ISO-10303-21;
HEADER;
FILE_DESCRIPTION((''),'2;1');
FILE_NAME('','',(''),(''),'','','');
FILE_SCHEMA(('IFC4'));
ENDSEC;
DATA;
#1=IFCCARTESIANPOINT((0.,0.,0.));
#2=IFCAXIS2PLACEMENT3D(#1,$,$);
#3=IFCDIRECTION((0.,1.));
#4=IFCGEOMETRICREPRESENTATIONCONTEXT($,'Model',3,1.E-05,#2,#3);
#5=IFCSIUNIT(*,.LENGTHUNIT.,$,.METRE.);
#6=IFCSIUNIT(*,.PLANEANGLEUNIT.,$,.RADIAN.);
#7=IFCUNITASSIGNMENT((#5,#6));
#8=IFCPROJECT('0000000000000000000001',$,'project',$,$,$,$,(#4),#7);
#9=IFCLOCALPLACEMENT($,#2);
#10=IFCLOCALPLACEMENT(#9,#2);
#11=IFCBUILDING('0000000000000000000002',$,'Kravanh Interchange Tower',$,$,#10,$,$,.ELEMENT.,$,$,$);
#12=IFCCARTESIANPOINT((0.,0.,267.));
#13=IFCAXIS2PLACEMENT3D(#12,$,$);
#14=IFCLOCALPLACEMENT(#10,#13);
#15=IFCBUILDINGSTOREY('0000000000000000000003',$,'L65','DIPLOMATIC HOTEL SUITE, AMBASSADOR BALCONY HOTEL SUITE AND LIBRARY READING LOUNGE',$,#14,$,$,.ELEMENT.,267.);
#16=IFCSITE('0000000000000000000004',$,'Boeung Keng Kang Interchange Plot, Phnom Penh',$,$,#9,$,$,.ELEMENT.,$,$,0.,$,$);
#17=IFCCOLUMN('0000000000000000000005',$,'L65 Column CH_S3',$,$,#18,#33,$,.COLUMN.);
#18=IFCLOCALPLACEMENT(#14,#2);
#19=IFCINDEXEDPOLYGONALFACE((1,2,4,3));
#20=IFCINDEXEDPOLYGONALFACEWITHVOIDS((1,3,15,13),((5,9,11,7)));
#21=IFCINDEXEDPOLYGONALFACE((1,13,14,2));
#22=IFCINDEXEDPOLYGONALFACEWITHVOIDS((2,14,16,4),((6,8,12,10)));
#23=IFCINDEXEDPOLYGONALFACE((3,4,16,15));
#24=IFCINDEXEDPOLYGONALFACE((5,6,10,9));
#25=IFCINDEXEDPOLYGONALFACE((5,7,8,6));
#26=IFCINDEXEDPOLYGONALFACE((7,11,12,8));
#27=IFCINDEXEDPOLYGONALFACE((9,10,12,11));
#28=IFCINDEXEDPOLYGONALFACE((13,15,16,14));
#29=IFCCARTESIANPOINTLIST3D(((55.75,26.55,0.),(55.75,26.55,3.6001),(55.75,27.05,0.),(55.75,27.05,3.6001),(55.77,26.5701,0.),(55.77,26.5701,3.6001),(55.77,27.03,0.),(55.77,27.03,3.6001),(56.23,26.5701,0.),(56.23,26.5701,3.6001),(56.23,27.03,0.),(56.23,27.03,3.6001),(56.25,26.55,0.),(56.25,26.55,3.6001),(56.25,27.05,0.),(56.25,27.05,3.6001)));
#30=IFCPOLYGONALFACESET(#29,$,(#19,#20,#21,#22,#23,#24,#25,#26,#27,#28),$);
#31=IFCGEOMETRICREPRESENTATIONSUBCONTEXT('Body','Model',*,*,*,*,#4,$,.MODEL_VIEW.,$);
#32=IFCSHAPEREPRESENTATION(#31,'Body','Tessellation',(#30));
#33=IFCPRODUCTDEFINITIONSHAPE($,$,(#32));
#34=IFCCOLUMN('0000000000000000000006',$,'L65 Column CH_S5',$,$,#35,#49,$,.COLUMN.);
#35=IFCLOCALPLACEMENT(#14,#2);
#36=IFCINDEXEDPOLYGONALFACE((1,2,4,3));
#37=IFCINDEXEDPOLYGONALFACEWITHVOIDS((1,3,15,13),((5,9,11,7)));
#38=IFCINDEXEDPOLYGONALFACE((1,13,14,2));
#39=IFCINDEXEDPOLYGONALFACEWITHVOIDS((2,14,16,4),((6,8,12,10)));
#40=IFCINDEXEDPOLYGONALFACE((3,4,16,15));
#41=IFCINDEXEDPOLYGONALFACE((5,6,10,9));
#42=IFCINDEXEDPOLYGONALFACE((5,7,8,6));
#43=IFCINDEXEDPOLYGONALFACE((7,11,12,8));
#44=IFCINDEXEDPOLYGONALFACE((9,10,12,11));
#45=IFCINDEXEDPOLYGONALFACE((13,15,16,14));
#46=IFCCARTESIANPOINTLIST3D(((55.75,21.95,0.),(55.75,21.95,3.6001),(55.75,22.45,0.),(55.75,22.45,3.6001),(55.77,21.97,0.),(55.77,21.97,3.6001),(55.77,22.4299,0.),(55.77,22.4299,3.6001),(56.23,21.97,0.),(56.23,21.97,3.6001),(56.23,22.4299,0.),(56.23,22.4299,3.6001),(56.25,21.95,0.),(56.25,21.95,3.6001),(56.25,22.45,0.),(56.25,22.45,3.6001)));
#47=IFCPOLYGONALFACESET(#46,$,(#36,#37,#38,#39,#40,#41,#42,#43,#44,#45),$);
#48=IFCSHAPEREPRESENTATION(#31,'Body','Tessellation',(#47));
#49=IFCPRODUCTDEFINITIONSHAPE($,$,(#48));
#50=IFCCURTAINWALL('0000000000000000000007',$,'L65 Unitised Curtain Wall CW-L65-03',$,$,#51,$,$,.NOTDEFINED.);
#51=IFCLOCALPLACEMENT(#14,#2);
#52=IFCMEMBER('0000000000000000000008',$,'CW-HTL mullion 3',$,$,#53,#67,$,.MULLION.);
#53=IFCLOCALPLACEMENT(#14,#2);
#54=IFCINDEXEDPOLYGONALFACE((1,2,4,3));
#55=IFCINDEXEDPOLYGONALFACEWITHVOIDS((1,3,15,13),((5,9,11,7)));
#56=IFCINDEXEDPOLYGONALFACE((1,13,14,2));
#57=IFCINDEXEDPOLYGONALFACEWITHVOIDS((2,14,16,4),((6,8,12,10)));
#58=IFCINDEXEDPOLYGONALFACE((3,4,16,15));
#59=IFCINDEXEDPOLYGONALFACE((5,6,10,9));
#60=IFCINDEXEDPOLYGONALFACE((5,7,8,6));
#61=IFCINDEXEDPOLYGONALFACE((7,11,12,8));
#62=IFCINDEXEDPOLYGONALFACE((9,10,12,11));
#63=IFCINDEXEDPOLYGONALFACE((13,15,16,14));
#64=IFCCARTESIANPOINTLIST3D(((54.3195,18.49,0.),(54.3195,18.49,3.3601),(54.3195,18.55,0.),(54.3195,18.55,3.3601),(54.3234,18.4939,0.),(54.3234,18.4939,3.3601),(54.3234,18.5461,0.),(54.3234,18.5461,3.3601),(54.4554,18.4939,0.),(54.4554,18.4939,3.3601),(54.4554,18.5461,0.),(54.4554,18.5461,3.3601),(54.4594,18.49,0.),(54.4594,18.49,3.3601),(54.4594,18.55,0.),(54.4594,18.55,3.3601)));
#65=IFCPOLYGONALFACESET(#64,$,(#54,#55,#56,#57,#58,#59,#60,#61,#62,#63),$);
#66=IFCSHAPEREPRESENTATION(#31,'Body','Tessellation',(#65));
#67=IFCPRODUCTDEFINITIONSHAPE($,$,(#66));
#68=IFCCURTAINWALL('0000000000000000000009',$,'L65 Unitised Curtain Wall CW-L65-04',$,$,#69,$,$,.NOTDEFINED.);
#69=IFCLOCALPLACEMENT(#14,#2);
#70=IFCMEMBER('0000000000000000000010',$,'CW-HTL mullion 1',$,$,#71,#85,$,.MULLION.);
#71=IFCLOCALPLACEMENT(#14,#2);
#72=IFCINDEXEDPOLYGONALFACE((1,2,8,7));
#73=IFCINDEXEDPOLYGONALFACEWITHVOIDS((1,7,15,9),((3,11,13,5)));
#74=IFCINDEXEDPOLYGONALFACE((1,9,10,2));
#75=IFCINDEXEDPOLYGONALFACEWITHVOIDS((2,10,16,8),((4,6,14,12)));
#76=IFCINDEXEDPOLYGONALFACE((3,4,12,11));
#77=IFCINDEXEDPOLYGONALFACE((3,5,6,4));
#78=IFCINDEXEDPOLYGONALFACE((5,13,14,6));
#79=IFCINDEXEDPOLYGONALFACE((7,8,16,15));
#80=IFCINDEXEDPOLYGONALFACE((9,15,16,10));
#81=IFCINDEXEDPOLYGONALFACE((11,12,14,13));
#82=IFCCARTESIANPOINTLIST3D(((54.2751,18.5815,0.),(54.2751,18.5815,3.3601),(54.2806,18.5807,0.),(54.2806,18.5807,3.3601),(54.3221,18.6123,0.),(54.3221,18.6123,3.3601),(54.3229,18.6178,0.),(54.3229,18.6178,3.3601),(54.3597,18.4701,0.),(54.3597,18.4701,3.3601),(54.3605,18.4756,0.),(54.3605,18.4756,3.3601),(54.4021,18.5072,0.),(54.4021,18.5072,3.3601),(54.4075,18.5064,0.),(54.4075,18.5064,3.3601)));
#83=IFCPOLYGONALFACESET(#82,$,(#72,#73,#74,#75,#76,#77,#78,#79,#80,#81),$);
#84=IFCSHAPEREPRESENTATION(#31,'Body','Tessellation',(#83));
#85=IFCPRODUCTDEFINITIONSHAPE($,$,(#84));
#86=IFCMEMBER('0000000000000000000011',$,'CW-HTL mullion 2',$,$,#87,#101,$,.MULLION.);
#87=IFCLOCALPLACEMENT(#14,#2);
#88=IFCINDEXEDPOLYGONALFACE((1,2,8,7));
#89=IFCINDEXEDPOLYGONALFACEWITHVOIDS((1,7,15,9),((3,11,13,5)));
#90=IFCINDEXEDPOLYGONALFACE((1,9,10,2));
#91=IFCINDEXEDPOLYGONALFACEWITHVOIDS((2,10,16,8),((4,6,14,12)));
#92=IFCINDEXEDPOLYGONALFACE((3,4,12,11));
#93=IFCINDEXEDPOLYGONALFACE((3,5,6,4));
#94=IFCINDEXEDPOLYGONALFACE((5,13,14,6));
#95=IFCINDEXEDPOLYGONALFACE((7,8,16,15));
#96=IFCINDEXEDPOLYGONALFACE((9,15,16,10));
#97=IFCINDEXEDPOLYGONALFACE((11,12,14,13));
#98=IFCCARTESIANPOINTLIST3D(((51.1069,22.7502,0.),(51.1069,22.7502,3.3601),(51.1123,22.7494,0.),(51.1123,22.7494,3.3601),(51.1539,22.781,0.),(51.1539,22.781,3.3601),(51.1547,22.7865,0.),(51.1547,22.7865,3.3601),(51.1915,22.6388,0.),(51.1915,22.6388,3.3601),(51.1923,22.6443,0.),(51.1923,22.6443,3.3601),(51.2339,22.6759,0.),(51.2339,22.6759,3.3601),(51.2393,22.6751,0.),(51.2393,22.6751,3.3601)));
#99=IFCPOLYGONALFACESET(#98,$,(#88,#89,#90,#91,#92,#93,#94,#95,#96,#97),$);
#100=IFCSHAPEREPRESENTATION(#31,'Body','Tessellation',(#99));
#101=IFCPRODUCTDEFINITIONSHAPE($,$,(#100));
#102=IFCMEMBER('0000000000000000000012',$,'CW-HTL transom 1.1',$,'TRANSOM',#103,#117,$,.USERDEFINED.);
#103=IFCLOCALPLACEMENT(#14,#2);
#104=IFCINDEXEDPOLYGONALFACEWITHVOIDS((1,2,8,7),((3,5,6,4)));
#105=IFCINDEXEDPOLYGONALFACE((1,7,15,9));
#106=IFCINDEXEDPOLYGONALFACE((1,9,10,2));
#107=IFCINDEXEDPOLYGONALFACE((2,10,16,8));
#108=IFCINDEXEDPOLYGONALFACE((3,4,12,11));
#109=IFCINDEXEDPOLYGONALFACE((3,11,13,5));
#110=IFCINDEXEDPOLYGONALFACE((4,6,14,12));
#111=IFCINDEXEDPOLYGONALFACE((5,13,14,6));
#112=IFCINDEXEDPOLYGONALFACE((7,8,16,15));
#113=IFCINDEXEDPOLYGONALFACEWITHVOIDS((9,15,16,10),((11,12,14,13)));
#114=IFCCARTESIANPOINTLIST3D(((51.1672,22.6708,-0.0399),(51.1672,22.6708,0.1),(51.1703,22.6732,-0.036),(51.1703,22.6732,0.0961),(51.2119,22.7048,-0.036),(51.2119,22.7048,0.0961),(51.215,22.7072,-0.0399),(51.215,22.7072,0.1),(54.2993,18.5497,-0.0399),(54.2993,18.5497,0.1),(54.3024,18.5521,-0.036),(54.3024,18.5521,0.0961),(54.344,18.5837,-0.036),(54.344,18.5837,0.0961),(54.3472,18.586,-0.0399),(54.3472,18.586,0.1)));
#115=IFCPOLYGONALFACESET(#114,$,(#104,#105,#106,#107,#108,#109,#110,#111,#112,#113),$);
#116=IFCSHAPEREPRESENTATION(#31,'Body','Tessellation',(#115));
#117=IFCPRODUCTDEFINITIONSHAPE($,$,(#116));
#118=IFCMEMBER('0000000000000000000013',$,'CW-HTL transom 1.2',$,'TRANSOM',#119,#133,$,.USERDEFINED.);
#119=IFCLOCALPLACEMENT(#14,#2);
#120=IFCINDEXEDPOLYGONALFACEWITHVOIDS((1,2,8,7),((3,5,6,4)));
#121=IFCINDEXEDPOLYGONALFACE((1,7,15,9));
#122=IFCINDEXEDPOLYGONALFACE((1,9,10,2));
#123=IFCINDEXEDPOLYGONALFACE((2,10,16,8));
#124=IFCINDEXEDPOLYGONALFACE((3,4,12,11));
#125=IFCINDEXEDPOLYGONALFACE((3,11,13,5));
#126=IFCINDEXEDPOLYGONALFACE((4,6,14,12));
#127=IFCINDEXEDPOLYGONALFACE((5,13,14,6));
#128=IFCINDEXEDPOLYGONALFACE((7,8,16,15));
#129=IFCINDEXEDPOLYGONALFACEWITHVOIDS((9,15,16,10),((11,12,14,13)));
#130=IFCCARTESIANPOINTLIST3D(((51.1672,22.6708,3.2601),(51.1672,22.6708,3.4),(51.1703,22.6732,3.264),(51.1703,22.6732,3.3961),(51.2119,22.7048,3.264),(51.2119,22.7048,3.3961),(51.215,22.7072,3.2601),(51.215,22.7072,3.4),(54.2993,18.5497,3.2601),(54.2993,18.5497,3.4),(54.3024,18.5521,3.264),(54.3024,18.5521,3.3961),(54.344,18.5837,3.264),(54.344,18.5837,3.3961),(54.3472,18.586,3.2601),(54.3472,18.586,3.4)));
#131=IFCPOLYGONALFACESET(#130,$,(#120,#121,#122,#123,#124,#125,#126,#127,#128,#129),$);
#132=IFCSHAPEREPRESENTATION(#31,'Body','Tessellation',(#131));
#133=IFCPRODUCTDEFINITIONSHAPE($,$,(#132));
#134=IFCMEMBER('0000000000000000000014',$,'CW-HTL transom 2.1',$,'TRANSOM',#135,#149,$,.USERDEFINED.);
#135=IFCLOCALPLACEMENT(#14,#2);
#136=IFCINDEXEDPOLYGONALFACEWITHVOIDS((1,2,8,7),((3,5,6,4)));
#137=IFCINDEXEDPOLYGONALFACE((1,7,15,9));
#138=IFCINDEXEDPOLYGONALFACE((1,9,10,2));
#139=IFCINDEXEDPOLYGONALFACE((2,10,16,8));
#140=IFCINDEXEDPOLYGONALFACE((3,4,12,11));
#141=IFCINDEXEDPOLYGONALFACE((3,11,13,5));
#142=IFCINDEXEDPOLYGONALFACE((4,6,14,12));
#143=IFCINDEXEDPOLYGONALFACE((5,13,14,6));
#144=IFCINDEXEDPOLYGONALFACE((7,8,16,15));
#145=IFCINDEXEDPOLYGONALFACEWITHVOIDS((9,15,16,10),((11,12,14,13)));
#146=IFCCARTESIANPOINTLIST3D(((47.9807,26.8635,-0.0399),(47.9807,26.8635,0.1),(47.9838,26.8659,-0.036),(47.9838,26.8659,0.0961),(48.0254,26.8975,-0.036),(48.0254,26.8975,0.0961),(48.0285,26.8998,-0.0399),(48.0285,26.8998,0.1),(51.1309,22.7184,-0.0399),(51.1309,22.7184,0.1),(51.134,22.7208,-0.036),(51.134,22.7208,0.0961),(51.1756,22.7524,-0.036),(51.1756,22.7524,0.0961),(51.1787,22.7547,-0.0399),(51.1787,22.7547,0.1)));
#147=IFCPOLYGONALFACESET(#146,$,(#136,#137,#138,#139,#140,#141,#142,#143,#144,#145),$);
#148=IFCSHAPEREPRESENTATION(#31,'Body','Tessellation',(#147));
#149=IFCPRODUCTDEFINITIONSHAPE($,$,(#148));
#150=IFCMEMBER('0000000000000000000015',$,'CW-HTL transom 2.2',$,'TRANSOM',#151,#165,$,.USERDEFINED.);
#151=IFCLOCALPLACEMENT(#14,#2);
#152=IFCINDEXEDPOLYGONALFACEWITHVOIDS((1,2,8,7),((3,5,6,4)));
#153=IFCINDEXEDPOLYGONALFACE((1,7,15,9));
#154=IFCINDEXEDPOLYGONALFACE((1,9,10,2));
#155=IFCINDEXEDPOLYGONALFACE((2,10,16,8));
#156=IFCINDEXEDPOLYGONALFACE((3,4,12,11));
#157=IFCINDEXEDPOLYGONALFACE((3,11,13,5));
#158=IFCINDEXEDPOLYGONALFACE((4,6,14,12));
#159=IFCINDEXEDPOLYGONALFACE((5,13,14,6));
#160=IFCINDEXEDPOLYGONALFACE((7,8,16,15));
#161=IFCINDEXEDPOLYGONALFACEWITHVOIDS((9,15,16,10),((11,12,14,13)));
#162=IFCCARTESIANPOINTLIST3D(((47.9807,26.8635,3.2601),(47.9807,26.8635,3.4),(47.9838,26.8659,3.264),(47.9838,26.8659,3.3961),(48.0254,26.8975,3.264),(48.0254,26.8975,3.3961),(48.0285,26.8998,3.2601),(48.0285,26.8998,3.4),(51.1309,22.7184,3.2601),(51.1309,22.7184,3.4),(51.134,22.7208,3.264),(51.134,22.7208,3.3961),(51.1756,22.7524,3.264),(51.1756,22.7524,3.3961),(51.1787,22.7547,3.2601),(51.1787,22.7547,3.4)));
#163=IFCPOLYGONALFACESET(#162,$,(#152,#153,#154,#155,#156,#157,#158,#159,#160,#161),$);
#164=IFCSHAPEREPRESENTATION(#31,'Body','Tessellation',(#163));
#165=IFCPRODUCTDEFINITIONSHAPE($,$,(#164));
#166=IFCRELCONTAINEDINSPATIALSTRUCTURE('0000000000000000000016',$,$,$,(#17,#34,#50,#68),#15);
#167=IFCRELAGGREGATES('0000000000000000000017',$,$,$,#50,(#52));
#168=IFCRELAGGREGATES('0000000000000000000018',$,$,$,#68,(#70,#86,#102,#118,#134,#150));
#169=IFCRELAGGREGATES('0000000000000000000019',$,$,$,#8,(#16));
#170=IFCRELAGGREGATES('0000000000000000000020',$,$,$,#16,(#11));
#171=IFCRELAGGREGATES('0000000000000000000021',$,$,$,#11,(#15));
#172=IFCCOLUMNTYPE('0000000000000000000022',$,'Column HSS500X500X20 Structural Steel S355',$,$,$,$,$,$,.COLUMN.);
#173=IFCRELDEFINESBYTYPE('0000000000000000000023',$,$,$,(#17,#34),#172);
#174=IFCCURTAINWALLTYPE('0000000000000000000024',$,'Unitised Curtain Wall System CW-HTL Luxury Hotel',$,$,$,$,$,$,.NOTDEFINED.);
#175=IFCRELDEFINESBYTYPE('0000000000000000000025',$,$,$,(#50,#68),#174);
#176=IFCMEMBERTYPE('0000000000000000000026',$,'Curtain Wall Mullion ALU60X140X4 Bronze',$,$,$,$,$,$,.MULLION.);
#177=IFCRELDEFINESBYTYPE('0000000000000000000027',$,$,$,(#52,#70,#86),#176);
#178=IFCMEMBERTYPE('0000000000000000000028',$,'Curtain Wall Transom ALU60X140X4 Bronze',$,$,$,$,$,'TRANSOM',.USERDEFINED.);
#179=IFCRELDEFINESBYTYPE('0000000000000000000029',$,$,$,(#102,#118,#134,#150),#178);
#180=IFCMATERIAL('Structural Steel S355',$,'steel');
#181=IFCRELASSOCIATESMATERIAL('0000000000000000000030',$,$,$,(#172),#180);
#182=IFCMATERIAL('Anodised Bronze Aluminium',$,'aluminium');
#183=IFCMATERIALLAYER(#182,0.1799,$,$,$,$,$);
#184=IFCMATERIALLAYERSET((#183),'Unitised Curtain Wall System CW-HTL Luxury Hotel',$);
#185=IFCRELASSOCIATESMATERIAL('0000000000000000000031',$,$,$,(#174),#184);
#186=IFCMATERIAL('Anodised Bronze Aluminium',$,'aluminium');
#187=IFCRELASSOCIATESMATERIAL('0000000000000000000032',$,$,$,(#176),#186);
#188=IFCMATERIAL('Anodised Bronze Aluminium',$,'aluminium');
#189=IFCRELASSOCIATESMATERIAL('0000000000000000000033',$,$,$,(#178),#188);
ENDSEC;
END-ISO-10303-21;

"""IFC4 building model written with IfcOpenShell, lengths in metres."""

from ifc_helpers import new_model, si_unit, direction, frame, origin, origin_2d, place, context, subcontext, project, spatial, hollow_rectangle, extrude, material, layer, layer_set, material_profile, profile_set, type_object, element, aggregate, save


model = new_model("IFC4")

# Units and contexts
model_context = context("Model", 3, precision=1e-05, world=origin(), true_north=direction((0.0, 1.0)))
body_context = subcontext(model_context, "Body", "Model", "MODEL_VIEW")
ifc_project = project(units=[si_unit("LENGTHUNIT", "METRE"), si_unit("PLANEANGLEUNIT", "RADIAN")], contexts=[model_context])

# Site, building, storey
site_placement = place(None, origin())
site = spatial("IfcSite", under=ifc_project, at=site_placement, Name="Boeung Keng Kang Interchange Plot, Phnom Penh", CompositionType="ELEMENT", RefElevation=0.0)
building_placement = place(site_placement, origin())
building = spatial("IfcBuilding", under=site, at=building_placement, Name="Kravanh Interchange Tower", CompositionType="ELEMENT")
storey_placement = place(building_placement, frame((0.0, 0.0, 267.0)))
storey = spatial("IfcBuildingStorey", under=building, at=storey_placement, Name="L65", Description="DIPLOMATIC HOTEL SUITE, AMBASSADOR BALCONY HOTEL SUITE AND LIBRARY READING LOUNGE", CompositionType="ELEMENT", Elevation=267.0)

# Columns
ifc_material_1 = material(Name="Structural Steel S355", Category="steel")
ifc_material_profile_1 = material_profile(ifc_material_1, hollow_rectangle(XDim=0.5, YDim=0.5, WallThickness=0.02, at=origin_2d()), Name="HSS500X500X20")
ifc_profile_set_1 = profile_set([ifc_material_profile_1], Name="Structural Steel S355")
column_type = type_object("IfcColumnType", Name="Column HSS500X500X20 Structural Steel S355", PredefinedType="COLUMN", material=ifc_profile_set_1)
for number, where, z_axis, x_axis, name in (
    (1, (56.0, 26.8, 0.0), (0.0, 0.0, 1.0), (1.0, 0.0, 0.0), "L65 Column CH_S3"),
    (2, (56.0, 22.2, 0.0), (0.0, 0.0, 1.0), (1.0, 0.0, 0.0), "L65 Column CH_S5"),
):
    element("IfcColumn", number, at=place(storey_placement, frame(where, z_axis=z_axis, x_axis=x_axis)), inside=storey, type_object=column_type, Name=name, PredefinedType="COLUMN", context=body_context, shape_type="SweptSolid", body=[
        extrude(hollow_rectangle(XDim=0.5, YDim=0.5, WallThickness=0.02, at=origin_2d()), origin(), (0.0, 0.0, 1.0), 3.6001),
    ])

# Curtain wall, member
ifc_material_2 = material(Name="Anodised Bronze Aluminium", Category="aluminium")
ifc_layer_1 = layer(ifc_material_2, 0.1799)
ifc_layer_set_1 = layer_set([ifc_layer_1], Name="Unitised Curtain Wall System CW-HTL Luxury Hotel")
curtain_wall_type = type_object("IfcCurtainWallType", Name="Unitised Curtain Wall System CW-HTL Luxury Hotel", PredefinedType="NOTDEFINED", material=ifc_layer_set_1)
curtain_wall_1_placement = place(storey_placement, origin())
curtain_wall_1 = element("IfcCurtainWall", 3, at=curtain_wall_1_placement, inside=storey, type_object=curtain_wall_type, Name="L65 Unitised Curtain Wall CW-L65-03", PredefinedType="NOTDEFINED")
ifc_material_3 = material(Name="Anodised Bronze Aluminium", Category="aluminium")
ifc_material_profile_2 = material_profile(ifc_material_3, hollow_rectangle(XDim=0.0601, YDim=0.1399, WallThickness=0.0039, at=origin_2d()), Name="ALU60X140X4")
ifc_profile_set_2 = profile_set([ifc_material_profile_2], Name="Anodised Bronze Aluminium")
member_type_1 = type_object("IfcMemberType", Name="Curtain Wall Mullion ALU60X140X4 Bronze", PredefinedType="MULLION", material=ifc_profile_set_2)
member_1_placement = place(storey_placement, frame((54.3894, 18.52, 0.0), z_axis=(0.0, 0.0, 1.0), x_axis=(0.0, -1.0, 0.0)))
member_1 = element("IfcMember", 4, at=member_1_placement, type_object=member_type_1, Name="CW-HTL mullion 3", PredefinedType="MULLION", context=body_context, shape_type="SweptSolid", body=[
    extrude(hollow_rectangle(XDim=0.0601, YDim=0.1399, WallThickness=0.0039, at=origin_2d()), origin(), (0.0, 0.0, 1.0), 3.3601),
])

# Curtain wall, members
curtain_wall_2_placement = place(storey_placement, origin())
curtain_wall_2 = element("IfcCurtainWall", 5, at=curtain_wall_2_placement, inside=storey, type_object=curtain_wall_type, Name="L65 Unitised Curtain Wall CW-L65-04", PredefinedType="NOTDEFINED")
member_2_placement = place(storey_placement, frame((54.3413, 18.5439, 0.0), z_axis=(0.0, 0.0, 1.0), x_axis=(-0.796162, -0.605083, 0.0)))
member_2 = element("IfcMember", 6, at=member_2_placement, type_object=member_type_1, Name="CW-HTL mullion 1", PredefinedType="MULLION", context=body_context, shape_type="SweptSolid", body=[
    extrude(hollow_rectangle(XDim=0.0601, YDim=0.1399, WallThickness=0.0039, at=origin_2d()), origin(), (0.0, 0.0, 1.0), 3.3601),
])
member_3_placement = place(storey_placement, frame((51.1731, 22.7126, 0.0), z_axis=(0.0, 0.0, 1.0), x_axis=(-0.796162, -0.605083, 0.0)))
member_3 = element("IfcMember", 7, at=member_3_placement, type_object=member_type_1, Name="CW-HTL mullion 2", PredefinedType="MULLION", context=body_context, shape_type="SweptSolid", body=[
    extrude(hollow_rectangle(XDim=0.0601, YDim=0.1399, WallThickness=0.0039, at=origin_2d()), origin(), (0.0, 0.0, 1.0), 3.3601),
])
ifc_material_4 = material(Name="Anodised Bronze Aluminium", Category="aluminium")
ifc_material_profile_3 = material_profile(ifc_material_4, hollow_rectangle(XDim=0.0601, YDim=0.1399, WallThickness=0.0039, at=origin_2d()), Name="ALU60X140X4")
ifc_profile_set_3 = profile_set([ifc_material_profile_3], Name="Anodised Bronze Aluminium")
member_type_2 = type_object("IfcMemberType", Name="Curtain Wall Transom ALU60X140X4 Bronze", ElementType="TRANSOM", PredefinedType="USERDEFINED", material=ifc_profile_set_3)
member_4_placement = place(storey_placement, frame((54.3232, 18.5679, 0.03), z_axis=(-0.605089, 0.796158, 0.0), x_axis=(-0.796158, -0.605089, 0.0)))
member_4 = element("IfcMember", 8, at=member_4_placement, type_object=member_type_2, Name="CW-HTL transom 1.1", ObjectType="TRANSOM", PredefinedType="USERDEFINED", context=body_context, shape_type="SweptSolid", body=[
    extrude(hollow_rectangle(XDim=0.0601, YDim=0.1399, WallThickness=0.0039, at=origin_2d()), origin(), (0.0, 0.0, 1.0), 5.1763),
])
member_5_placement = place(storey_placement, frame((54.3232, 18.5679, 3.3301), z_axis=(-0.605089, 0.796158, 0.0), x_axis=(-0.796158, -0.605089, 0.0)))
member_5 = element("IfcMember", 9, at=member_5_placement, type_object=member_type_2, Name="CW-HTL transom 1.2", ObjectType="TRANSOM", PredefinedType="USERDEFINED", context=body_context, shape_type="SweptSolid", body=[
    extrude(hollow_rectangle(XDim=0.0601, YDim=0.1399, WallThickness=0.0039, at=origin_2d()), origin(), (0.0, 0.0, 1.0), 5.1763),
])
member_6_placement = place(storey_placement, frame((51.1548, 22.7366, 0.03), z_axis=(-0.605075, 0.796169, 0.0), x_axis=(-0.796169, -0.605075, 0.0)))
member_6 = element("IfcMember", 10, at=member_6_placement, type_object=member_type_2, Name="CW-HTL transom 2.1", ObjectType="TRANSOM", PredefinedType="USERDEFINED", context=body_context, shape_type="SweptSolid", body=[
    extrude(hollow_rectangle(XDim=0.0601, YDim=0.1399, WallThickness=0.0039, at=origin_2d()), origin(), (0.0, 0.0, 1.0), 5.2063),
])
member_7_placement = place(storey_placement, frame((51.1548, 22.7366, 3.3301), z_axis=(-0.605075, 0.796169, 0.0), x_axis=(-0.796169, -0.605075, 0.0)))
member_7 = element("IfcMember", 11, at=member_7_placement, type_object=member_type_2, Name="CW-HTL transom 2.2", ObjectType="TRANSOM", PredefinedType="USERDEFINED", context=body_context, shape_type="SweptSolid", body=[
    extrude(hollow_rectangle(XDim=0.0601, YDim=0.1399, WallThickness=0.0039, at=origin_2d()), origin(), (0.0, 0.0, 1.0), 5.2063),
])

aggregate(curtain_wall_1, [member_1])
aggregate(curtain_wall_2, [member_2, member_3, member_4, member_5, member_6, member_7])

save(model, "model.ifc")
